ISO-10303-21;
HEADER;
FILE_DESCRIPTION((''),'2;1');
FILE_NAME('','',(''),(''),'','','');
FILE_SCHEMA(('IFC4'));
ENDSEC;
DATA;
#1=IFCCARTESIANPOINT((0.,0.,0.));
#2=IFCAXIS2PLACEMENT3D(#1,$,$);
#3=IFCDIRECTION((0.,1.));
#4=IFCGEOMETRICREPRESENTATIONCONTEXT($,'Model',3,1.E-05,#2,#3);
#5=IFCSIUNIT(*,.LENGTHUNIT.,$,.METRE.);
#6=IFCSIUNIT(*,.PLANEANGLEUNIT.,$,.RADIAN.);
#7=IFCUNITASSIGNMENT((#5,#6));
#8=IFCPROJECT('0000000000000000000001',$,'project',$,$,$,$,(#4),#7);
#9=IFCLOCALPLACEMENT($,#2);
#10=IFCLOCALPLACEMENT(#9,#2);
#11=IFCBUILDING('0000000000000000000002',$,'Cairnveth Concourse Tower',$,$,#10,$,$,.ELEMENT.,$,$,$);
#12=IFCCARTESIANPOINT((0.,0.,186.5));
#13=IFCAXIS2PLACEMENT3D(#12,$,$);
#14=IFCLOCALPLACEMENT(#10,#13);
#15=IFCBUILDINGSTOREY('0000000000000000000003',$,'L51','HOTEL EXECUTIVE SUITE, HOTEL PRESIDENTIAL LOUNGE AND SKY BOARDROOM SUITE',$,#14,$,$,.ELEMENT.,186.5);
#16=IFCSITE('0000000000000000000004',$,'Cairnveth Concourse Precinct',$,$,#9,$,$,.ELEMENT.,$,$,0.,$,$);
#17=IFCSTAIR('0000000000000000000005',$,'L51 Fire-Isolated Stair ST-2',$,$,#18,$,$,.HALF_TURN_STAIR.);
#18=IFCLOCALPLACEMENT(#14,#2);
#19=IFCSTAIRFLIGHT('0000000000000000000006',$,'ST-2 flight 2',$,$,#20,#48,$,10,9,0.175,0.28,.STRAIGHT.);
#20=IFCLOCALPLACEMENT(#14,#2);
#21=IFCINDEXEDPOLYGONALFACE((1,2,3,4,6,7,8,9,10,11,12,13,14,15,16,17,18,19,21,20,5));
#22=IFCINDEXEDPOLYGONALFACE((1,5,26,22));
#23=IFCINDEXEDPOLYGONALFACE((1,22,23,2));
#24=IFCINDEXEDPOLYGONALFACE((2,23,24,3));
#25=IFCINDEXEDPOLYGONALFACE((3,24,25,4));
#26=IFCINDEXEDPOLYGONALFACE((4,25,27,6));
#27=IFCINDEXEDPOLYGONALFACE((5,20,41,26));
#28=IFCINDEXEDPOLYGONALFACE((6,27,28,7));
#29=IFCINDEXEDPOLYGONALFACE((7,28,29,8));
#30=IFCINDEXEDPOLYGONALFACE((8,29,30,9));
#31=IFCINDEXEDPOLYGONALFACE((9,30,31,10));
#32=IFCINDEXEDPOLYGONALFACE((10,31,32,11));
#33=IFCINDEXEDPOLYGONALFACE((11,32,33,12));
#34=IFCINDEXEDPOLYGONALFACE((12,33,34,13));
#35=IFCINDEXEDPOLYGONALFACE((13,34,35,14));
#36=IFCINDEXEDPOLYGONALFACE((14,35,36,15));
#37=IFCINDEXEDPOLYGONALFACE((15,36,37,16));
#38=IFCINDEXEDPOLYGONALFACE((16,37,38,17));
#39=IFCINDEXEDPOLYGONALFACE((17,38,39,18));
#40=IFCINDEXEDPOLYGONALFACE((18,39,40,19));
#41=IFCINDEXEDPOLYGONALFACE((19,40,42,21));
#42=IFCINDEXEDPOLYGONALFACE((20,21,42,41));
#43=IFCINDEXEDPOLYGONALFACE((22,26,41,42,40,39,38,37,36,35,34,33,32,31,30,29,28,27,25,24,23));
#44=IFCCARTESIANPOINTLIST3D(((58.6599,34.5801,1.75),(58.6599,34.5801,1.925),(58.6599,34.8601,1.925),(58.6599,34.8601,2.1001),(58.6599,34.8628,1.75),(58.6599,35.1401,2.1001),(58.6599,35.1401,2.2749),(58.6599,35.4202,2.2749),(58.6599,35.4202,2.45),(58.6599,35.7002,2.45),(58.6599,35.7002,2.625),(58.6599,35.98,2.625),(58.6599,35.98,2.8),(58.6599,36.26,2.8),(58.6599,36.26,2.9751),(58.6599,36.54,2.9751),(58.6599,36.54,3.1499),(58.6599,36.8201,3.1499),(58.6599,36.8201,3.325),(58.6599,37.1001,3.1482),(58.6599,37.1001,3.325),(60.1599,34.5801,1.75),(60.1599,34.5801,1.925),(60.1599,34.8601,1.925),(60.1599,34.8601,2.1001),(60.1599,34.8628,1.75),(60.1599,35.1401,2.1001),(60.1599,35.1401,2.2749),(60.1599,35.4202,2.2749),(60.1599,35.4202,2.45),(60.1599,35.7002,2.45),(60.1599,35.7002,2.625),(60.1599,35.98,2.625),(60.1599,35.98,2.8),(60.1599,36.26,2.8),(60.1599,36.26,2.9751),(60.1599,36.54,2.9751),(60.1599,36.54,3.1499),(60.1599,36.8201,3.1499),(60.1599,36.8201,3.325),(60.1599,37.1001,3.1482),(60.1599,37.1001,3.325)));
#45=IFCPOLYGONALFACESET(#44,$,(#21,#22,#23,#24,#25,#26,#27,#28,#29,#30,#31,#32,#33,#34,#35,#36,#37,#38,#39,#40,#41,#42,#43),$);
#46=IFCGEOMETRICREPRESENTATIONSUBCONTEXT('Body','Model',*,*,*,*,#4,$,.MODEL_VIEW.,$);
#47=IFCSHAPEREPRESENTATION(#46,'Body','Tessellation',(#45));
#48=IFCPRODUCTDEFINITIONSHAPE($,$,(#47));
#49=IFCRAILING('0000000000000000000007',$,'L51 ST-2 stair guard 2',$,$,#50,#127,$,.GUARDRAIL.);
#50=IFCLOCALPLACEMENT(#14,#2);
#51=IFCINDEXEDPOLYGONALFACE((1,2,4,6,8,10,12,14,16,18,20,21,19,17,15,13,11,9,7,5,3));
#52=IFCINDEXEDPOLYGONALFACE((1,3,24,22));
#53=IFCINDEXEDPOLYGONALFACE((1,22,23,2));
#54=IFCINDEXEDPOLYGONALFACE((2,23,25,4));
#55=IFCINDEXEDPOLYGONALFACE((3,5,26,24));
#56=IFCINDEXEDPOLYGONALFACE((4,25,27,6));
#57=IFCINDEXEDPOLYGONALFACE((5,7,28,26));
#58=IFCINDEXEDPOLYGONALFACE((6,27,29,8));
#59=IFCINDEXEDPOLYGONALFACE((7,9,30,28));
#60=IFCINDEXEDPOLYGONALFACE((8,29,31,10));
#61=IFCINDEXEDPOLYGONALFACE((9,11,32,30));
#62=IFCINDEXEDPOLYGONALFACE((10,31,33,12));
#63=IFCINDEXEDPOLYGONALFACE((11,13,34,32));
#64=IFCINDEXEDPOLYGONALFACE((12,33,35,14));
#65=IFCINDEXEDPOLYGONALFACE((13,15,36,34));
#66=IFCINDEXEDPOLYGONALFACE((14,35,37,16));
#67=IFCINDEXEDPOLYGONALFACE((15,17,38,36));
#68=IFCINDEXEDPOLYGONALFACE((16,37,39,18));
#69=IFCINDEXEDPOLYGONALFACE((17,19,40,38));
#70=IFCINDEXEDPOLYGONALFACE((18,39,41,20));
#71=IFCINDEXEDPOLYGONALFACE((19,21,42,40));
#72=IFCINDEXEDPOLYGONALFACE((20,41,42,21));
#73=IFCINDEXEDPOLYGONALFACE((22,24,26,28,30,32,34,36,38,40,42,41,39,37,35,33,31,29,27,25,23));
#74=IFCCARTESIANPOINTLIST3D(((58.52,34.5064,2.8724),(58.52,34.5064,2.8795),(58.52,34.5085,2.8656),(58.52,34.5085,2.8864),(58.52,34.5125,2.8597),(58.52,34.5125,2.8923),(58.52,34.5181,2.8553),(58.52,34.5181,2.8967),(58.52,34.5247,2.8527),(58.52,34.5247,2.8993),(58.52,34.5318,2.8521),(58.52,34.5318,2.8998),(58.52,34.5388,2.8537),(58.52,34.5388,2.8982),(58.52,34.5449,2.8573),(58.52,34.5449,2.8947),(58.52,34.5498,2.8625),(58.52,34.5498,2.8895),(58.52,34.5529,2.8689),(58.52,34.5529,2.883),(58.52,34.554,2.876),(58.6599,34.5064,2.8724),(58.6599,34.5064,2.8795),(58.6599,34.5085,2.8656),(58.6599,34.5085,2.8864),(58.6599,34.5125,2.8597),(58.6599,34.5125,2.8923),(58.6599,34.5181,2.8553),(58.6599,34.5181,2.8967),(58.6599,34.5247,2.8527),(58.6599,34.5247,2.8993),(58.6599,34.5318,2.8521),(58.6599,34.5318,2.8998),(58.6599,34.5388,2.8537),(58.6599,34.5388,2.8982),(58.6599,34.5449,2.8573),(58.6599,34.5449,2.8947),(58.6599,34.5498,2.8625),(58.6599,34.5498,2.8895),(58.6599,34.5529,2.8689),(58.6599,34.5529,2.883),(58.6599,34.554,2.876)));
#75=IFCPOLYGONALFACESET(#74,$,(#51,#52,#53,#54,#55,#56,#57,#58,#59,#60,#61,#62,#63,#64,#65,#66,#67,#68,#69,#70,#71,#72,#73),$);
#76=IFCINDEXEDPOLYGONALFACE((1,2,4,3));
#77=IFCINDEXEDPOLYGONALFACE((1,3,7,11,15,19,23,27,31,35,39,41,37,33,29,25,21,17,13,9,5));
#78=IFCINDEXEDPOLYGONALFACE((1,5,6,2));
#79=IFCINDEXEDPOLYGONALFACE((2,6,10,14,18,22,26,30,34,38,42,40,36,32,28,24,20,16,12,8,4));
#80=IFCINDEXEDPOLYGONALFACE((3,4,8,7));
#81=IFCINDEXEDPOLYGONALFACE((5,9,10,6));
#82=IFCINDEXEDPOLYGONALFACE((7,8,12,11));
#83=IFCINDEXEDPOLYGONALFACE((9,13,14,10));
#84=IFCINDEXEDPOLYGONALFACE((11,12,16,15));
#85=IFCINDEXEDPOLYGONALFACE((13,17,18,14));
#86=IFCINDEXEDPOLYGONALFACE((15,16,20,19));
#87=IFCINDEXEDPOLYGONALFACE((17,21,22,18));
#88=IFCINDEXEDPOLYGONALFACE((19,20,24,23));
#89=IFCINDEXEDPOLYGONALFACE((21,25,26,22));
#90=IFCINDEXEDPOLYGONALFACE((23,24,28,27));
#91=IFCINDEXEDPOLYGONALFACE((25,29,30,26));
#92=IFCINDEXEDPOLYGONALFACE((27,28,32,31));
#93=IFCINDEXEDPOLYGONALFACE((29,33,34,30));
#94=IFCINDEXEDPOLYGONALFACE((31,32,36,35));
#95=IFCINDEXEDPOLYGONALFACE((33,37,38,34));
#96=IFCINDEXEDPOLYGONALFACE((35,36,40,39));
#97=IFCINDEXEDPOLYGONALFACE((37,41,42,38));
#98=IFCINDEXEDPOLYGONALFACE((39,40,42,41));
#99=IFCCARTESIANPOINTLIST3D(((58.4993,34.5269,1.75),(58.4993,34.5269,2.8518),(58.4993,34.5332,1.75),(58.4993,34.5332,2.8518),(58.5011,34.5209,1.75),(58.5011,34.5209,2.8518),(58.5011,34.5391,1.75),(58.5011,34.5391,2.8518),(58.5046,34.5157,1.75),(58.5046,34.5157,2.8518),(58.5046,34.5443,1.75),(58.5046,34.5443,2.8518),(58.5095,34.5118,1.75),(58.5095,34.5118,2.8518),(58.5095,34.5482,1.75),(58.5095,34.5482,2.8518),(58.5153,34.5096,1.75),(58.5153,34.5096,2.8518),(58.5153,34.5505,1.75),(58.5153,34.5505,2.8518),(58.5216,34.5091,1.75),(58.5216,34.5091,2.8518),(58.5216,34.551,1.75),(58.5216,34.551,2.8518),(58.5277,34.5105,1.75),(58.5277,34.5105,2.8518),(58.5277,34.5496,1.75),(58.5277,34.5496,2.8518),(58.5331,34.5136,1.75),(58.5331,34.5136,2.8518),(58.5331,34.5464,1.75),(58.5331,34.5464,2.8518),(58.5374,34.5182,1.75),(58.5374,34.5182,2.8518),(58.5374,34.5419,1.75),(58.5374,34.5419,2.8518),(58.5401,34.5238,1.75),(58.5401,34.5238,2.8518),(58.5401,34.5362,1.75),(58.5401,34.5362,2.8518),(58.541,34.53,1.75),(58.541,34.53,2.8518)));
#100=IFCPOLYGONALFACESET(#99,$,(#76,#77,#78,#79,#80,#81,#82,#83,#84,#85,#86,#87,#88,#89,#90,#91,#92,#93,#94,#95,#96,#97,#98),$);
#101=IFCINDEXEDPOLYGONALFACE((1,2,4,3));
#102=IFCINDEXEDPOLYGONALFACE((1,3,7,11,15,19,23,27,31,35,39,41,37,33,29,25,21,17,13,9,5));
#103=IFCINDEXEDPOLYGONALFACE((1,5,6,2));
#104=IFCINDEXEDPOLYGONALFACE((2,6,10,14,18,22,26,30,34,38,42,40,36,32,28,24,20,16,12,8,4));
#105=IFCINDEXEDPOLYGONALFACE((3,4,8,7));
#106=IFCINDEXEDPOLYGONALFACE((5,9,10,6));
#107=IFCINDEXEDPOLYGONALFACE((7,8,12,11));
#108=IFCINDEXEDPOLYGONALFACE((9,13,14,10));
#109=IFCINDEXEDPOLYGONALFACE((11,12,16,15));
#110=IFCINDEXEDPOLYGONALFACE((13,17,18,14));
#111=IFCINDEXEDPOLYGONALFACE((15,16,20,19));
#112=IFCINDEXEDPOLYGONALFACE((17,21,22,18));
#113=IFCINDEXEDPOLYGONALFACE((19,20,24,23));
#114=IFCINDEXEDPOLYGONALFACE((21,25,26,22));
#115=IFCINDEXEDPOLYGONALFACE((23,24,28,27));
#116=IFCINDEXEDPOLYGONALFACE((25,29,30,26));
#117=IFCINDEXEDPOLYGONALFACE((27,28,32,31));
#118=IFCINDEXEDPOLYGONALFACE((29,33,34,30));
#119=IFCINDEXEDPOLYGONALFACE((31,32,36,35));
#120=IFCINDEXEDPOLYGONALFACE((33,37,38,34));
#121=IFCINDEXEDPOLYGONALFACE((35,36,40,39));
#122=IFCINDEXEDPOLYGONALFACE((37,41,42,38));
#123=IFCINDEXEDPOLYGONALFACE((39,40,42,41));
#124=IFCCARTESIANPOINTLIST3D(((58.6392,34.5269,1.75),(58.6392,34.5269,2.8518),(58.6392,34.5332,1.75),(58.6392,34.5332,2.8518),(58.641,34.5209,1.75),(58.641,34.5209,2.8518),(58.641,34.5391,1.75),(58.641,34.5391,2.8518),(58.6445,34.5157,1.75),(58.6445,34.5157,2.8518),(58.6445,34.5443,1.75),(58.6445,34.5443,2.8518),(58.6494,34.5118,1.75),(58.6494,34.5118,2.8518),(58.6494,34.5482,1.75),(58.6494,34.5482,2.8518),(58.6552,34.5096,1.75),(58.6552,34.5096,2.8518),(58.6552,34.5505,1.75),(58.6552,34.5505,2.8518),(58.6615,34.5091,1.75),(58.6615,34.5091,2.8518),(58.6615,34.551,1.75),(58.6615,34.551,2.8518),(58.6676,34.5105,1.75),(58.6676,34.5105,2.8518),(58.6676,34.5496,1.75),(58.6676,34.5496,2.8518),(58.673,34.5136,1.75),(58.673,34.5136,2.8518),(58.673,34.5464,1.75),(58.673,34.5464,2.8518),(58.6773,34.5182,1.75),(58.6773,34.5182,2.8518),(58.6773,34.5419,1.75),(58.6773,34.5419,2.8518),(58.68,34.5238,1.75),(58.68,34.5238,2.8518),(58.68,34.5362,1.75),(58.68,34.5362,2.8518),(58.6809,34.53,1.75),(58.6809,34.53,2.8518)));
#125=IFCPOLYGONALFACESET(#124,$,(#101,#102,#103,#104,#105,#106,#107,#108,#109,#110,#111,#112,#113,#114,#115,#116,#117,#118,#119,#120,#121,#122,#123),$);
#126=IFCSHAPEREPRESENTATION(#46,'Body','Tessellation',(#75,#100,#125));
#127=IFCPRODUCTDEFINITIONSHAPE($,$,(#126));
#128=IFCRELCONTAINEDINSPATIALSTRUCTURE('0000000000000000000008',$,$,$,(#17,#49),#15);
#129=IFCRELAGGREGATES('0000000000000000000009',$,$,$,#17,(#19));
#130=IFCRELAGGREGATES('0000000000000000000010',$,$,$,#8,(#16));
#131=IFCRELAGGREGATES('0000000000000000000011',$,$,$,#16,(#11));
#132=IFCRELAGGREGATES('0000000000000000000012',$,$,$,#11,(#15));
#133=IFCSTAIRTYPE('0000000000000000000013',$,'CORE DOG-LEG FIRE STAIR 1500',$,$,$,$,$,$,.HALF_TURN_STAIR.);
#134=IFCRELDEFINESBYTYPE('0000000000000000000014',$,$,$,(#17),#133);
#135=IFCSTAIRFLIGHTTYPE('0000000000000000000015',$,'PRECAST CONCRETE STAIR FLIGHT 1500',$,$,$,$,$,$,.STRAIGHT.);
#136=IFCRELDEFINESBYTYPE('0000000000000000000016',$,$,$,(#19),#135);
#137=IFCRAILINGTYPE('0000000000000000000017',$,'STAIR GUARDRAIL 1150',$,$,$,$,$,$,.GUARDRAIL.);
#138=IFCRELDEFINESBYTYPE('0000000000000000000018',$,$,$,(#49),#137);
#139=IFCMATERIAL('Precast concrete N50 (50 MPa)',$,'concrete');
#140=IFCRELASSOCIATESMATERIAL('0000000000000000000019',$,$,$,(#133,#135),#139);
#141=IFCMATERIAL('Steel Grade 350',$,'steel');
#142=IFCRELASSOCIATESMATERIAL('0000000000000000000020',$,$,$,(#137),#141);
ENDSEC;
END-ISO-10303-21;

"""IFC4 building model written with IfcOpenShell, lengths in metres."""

from ifc_helpers import new_model, si_unit, direction, frame, origin, origin_2d, place, context, subcontext, project, spatial, polyline, circle, outline, extrude, material, type_object, element, aggregate, save


model = new_model("IFC4")

# Units and contexts
model_context = context("Model", 3, precision=1e-05, world=origin(), true_north=direction((0.0, 1.0)))
body_context = subcontext(model_context, "Body", "Model", "MODEL_VIEW")
ifc_project = project(units=[si_unit("LENGTHUNIT", "METRE"), si_unit("PLANEANGLEUNIT", "RADIAN")], contexts=[model_context])

# Site, building, storey
site_placement = place(None, origin())
site = spatial("IfcSite", under=ifc_project, at=site_placement, Name="Cairnveth Concourse Precinct", CompositionType="ELEMENT", RefElevation=0.0)
building_placement = place(site_placement, origin())
building = spatial("IfcBuilding", under=site, at=building_placement, Name="Cairnveth Concourse Tower", CompositionType="ELEMENT")
storey_placement = place(building_placement, frame((0.0, 0.0, 186.5)))
storey = spatial("IfcBuildingStorey", under=building, at=storey_placement, Name="L51", Description="HOTEL EXECUTIVE SUITE, HOTEL PRESIDENTIAL LOUNGE AND SKY BOARDROOM SUITE", CompositionType="ELEMENT", Elevation=186.5)

# Shared definitions
ifc_material_1 = material(Name="Steel Grade 350", Category="steel")

# Stair, stair flight
ifc_material_2 = material(Name="Precast concrete N50 (50 MPa)", Category="concrete")
stair_type = type_object("IfcStairType", Name="CORE DOG-LEG FIRE STAIR 1500", PredefinedType="HALF_TURN_STAIR", material=ifc_material_2)
stair_placement = place(storey_placement, origin())
stair = element("IfcStair", 1, at=stair_placement, inside=storey, type_object=stair_type, Name="L51 Fire-Isolated Stair ST-2", PredefinedType="HALF_TURN_STAIR")
stair_flight_type = type_object("IfcStairFlightType", Name="PRECAST CONCRETE STAIR FLIGHT 1500", PredefinedType="STRAIGHT", material=ifc_material_2)
stair_flight_1_placement = place(storey_placement, frame((59.4099, 34.5801, 1.75), z_axis=(0.0, 0.0, 1.0), x_axis=(0.0, 1.0, 0.0)))
stair_flight_1 = element("IfcStairFlight", 2, at=stair_flight_1_placement, type_object=stair_flight_type, Name="ST-2 flight 2", NumberOfRisers=10, NumberOfTreads=9, PredefinedType="STRAIGHT", RiserHeight=0.175, TreadLength=0.28, context=body_context, shape_type="SweptSolid", body=[
    extrude(outline(polyline([(0.0, 0.0), (0.0, 0.175), (0.28, 0.175), (0.28, 0.3501), (0.5601, 0.3501), (0.5601, 0.5249), (0.8401, 0.5249), (0.8401, 0.7), (1.1201, 0.7), (1.1201, 0.875), (1.3999, 0.875), (1.3999, 1.05), (1.6799, 1.05), (1.6799, 1.2251), (1.96, 1.2251), (1.96, 1.3999), (2.24, 1.3999), (2.24, 1.575), (2.52, 1.575), (2.52, 1.75), (2.52, 1.3982), (0.2827, 0.0), (0.0, 0.0)])), frame((0.0, 0.75, 0.0), z_axis=(0.0, -1.0, 0.0), x_axis=(1.0, 0.0, 0.0)), (0.0, 0.0, 1.0), 1.5),
])
aggregate(stair, [stair_flight_1])

# Railing
railing_type_1 = type_object("IfcRailingType", Name="STAIR GUARDRAIL 1150", PredefinedType="GUARDRAIL", material=ifc_material_1)
railing_1_placement = place(storey_placement, frame((58.52, 34.53, 1.75)))
element("IfcRailing", 3, at=railing_1_placement, inside=storey, type_object=railing_type_1, Name="L51 ST-2 stair guard 2", PredefinedType="GUARDRAIL", context=body_context, shape_type="SweptSolid", body=[
    extrude(circle(Radius=0.0239, at=origin_2d()), frame((0.0, 0.0, 1.126), z_axis=(1.0, 0.0, 0.0), x_axis=(0.0, 1.0, 0.0)), (0.0, 0.0, 1.0), 0.1399),
    extrude(circle(Radius=0.021, at=origin_2d()), origin(), (0.0, 0.0, 1.0), 1.1018),
    extrude(circle(Radius=0.021, at=origin_2d()), frame((0.1399, 0.0, 0.0)), (0.0, 0.0, 1.0), 1.1018),
])

save(model, "model.ifc")
